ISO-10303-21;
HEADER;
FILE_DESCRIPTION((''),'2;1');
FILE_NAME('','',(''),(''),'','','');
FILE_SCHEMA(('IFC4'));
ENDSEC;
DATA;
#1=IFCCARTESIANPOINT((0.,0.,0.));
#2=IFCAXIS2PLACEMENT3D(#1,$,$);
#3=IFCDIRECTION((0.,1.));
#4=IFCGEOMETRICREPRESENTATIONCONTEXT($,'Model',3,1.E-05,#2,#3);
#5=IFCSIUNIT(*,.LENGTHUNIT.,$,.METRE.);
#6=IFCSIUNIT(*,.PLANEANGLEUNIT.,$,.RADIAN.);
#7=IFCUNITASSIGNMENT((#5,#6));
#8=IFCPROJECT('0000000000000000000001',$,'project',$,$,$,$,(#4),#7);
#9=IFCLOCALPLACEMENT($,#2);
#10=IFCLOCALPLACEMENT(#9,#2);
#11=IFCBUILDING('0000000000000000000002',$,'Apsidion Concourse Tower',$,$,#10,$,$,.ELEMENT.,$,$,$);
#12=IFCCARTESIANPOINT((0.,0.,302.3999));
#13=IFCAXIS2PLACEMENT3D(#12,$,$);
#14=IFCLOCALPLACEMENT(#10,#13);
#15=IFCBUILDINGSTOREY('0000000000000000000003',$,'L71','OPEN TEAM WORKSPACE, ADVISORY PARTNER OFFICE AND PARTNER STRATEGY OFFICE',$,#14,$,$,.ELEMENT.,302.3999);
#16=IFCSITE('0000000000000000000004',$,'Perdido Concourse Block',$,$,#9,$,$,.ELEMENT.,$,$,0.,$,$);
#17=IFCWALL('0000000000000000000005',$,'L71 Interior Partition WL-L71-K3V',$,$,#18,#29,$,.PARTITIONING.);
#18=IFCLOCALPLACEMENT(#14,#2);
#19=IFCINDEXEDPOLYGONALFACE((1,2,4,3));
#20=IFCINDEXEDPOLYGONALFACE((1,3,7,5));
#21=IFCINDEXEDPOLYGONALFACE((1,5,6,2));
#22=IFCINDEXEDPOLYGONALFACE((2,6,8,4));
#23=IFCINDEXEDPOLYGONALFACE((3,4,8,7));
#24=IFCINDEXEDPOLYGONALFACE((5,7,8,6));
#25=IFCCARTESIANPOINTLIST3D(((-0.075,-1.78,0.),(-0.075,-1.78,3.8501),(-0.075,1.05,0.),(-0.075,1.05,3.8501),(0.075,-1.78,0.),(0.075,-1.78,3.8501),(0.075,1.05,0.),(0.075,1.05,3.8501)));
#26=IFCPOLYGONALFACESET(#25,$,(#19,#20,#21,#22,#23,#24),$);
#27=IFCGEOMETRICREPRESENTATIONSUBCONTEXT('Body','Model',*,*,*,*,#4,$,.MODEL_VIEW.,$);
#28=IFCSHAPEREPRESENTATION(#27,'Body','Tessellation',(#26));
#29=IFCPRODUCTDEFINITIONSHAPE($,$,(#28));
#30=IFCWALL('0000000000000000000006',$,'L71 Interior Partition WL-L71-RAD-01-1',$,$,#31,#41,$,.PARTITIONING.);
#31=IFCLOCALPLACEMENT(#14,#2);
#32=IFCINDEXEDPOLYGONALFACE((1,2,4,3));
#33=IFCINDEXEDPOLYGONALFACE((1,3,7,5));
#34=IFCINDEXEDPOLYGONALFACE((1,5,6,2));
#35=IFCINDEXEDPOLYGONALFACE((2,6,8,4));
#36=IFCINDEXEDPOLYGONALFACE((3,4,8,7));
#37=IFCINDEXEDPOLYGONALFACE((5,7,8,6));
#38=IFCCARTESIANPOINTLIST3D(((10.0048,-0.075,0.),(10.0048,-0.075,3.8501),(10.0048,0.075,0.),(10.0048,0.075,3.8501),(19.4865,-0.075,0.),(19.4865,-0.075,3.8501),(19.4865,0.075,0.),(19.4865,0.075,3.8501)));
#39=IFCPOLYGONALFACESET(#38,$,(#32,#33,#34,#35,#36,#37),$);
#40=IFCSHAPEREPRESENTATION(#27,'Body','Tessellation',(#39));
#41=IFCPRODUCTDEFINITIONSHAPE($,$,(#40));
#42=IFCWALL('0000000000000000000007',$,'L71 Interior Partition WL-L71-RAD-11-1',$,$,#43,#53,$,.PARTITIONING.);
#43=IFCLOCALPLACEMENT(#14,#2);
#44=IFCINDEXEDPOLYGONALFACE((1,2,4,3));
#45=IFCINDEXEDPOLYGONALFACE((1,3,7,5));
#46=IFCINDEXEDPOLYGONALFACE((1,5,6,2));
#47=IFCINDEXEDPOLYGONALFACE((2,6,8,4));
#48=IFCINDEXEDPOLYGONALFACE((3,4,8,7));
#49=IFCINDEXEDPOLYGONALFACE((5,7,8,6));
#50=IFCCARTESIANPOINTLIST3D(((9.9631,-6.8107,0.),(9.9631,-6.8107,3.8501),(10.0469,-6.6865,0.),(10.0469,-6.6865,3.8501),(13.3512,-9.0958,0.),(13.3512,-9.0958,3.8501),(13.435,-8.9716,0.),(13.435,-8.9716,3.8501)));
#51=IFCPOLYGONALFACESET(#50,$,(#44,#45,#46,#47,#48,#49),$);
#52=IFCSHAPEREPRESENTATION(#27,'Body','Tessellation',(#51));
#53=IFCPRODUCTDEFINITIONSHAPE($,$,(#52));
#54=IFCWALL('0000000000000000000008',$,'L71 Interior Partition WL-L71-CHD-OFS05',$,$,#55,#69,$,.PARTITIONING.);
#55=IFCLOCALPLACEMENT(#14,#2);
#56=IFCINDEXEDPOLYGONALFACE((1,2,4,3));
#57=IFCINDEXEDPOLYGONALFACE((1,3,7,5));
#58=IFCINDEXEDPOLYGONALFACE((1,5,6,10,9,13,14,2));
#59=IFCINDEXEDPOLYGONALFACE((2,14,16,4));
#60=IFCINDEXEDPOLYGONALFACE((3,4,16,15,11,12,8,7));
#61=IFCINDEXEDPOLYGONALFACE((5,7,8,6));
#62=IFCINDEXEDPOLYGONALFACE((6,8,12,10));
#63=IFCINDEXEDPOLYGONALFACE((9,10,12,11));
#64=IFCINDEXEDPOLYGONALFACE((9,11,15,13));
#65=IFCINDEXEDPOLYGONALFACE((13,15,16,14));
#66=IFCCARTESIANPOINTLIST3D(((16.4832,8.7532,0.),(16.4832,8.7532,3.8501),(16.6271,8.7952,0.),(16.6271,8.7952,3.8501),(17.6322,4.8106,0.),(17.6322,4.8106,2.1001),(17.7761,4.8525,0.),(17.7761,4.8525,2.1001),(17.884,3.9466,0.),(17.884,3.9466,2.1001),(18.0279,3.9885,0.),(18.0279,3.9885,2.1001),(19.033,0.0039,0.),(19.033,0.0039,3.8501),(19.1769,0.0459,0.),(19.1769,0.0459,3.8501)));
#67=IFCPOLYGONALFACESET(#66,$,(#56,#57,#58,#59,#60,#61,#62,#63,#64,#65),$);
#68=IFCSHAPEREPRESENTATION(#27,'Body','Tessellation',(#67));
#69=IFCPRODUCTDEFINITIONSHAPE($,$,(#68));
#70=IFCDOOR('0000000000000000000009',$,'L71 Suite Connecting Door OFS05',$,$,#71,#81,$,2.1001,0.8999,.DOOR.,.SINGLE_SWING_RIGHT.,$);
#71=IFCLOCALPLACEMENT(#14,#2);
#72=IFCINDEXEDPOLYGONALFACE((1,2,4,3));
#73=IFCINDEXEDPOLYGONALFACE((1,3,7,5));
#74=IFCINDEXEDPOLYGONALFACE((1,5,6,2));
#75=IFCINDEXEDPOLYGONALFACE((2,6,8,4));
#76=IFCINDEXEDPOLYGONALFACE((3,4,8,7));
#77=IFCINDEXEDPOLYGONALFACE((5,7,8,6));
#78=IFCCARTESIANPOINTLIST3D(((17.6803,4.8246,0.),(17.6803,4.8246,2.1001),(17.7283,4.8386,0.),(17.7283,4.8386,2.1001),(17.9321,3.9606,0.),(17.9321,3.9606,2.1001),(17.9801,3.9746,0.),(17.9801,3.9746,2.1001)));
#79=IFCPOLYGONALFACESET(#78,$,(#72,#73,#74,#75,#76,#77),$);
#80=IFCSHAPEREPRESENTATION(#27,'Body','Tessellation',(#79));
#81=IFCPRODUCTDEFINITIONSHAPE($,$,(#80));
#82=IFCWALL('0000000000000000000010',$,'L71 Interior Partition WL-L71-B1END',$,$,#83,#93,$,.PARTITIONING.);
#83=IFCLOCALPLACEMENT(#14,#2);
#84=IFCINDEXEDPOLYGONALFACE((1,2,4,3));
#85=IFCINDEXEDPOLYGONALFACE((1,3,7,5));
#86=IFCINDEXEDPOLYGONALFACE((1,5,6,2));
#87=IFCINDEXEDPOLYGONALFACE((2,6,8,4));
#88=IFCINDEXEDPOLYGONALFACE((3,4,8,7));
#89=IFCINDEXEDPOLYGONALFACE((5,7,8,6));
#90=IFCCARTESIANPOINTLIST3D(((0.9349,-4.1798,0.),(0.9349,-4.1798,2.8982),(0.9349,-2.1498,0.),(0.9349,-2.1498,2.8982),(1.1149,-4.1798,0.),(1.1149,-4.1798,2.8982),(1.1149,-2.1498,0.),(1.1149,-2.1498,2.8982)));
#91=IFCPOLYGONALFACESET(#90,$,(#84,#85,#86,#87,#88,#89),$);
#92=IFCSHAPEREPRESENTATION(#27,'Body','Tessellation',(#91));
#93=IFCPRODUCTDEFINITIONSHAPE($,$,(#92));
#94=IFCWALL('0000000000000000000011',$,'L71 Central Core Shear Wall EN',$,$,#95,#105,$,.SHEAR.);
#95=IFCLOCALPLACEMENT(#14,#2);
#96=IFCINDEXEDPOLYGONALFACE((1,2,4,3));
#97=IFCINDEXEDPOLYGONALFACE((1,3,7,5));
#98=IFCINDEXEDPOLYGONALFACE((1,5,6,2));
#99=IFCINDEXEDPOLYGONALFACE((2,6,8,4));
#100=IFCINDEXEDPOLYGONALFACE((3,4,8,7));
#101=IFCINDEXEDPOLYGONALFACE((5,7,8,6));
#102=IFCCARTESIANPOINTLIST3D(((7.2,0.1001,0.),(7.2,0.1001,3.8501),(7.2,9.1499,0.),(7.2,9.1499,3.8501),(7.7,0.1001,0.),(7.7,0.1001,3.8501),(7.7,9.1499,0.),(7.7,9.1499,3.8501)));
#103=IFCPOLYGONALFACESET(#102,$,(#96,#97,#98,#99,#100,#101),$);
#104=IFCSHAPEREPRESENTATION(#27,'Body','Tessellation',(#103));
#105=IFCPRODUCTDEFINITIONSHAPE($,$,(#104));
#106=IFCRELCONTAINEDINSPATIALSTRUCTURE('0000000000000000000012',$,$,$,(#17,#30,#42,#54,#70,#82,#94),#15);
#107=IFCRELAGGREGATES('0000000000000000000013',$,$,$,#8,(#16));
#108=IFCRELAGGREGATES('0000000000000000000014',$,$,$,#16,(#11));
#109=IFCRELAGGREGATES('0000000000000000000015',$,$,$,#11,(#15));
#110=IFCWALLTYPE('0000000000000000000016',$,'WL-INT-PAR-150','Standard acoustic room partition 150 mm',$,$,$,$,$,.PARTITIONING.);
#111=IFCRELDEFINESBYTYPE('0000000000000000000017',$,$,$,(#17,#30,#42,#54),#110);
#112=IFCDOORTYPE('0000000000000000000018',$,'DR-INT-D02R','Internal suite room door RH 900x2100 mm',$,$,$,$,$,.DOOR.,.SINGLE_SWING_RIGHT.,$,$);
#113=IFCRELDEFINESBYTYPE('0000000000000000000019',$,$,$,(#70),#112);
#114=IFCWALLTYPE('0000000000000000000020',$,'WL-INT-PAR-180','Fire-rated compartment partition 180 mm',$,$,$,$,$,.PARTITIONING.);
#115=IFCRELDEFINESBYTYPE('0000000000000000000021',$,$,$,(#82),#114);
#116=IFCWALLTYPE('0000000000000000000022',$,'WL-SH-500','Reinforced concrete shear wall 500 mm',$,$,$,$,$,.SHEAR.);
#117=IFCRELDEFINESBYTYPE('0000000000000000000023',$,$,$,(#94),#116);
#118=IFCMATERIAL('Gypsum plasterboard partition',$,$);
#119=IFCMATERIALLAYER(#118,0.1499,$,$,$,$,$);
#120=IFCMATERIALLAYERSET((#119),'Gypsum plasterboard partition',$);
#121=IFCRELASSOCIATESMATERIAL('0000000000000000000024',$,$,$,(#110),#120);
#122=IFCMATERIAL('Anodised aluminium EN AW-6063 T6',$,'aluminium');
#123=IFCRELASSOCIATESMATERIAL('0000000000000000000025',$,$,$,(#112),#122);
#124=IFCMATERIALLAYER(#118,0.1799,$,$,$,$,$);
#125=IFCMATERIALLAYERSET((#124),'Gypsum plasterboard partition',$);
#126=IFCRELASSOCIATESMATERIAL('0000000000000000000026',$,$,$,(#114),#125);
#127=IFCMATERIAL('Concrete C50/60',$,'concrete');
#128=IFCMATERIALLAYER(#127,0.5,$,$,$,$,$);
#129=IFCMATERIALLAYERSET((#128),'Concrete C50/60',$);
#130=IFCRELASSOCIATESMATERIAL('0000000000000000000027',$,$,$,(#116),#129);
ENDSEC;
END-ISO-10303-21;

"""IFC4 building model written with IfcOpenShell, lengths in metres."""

from ifc_helpers import new_model, si_unit, direction, frame, frame_2d, origin, place, context, subcontext, project, spatial, rectangle, extrude, material, layer, layer_set, type_object, element, fill, save


model = new_model("IFC4")

# Units and contexts
model_context = context("Model", 3, precision=1e-05, world=origin(), true_north=direction((0.0, 1.0)))
body_context = subcontext(model_context, "Body", "Model", "MODEL_VIEW")
ifc_project = project(units=[si_unit("LENGTHUNIT", "METRE"), si_unit("PLANEANGLEUNIT", "RADIAN")], contexts=[model_context])

# Site, building, storey
site_placement = place(None, origin())
site = spatial("IfcSite", under=ifc_project, at=site_placement, Name="Perdido Concourse Block", CompositionType="ELEMENT", RefElevation=0.0)
building_placement = place(site_placement, origin())
building = spatial("IfcBuilding", under=site, at=building_placement, Name="Apsidion Concourse Tower", CompositionType="ELEMENT")
storey_placement = place(building_placement, frame((0.0, 0.0, 302.3999)))
storey = spatial("IfcBuildingStorey", under=building, at=storey_placement, Name="L71", Description="OPEN TEAM WORKSPACE, ADVISORY PARTNER OFFICE AND PARTNER STRATEGY OFFICE", CompositionType="ELEMENT", Elevation=302.3999)

# Shared definitions
ifc_material_1 = material(Name="Concrete C50/60", Category="concrete")

# Walls
ifc_material_2 = material(Name="Gypsum plasterboard partition")
ifc_layer_1 = layer(ifc_material_2, 0.1499)
ifc_layer_set_1 = layer_set([ifc_layer_1], Name="Gypsum plasterboard partition")
wall_type_1 = type_object("IfcWallType", Name="WL-INT-PAR-150", Description="Standard acoustic room partition 150 mm", PredefinedType="PARTITIONING", material=ifc_layer_set_1)
wall_1_placement = place(storey_placement, frame((0.0, -1.78, 0.0), z_axis=(0.0, 0.0, 1.0), x_axis=(0.0, 1.0, 0.0)))
element("IfcWall", 1, at=wall_1_placement, inside=storey, type_object=wall_type_1, Name="L71 Interior Partition WL-L71-K3V", PredefinedType="PARTITIONING", context=body_context, shape_type="SweptSolid", body=[
    extrude(rectangle(XDim=2.8301, YDim=0.1499, at=frame_2d((1.415, 0.0))), origin(), (0.0, 0.0, 1.0), 3.8501),
])
wall_2_placement = place(storey_placement, frame((10.0049, 0.0, 0.0), z_axis=(0.0, 0.0, 1.0), x_axis=(1.0, 0.0, 0.0)))
element("IfcWall", 2, at=wall_2_placement, inside=storey, type_object=wall_type_1, Name="L71 Interior Partition WL-L71-RAD-01-1", PredefinedType="PARTITIONING", context=body_context, shape_type="SweptSolid", body=[
    extrude(rectangle(XDim=9.4817, YDim=0.1499, at=frame_2d((4.7407, 0.0))), origin(), (0.0, 0.0, 1.0), 3.8501),
])
wall_3_placement = place(storey_placement, frame((10.0049, -6.7485, 0.0), z_axis=(0.0, 0.0, 1.0), x_axis=(0.829061, -0.559159, 0.0)))
element("IfcWall", 3, at=wall_3_placement, inside=storey, type_object=wall_type_1, Name="L71 Interior Partition WL-L71-RAD-11-1", PredefinedType="PARTITIONING", context=body_context, shape_type="SweptSolid", body=[
    extrude(rectangle(XDim=4.0867, YDim=0.1499, at=frame_2d((2.0435, 0.0))), origin(), (0.0, 0.0, 1.0), 3.8501),
])

# Wall, opening, door
wall_4_placement = place(storey_placement, frame((19.105, 0.0249, 0.0), z_axis=(0.0, 0.0, 1.0), x_axis=(-0.279791, 0.960061, 0.0)))
wall_4 = element("IfcWall", 4, at=wall_4_placement, inside=storey, type_object=wall_type_1, Name="L71 Interior Partition WL-L71-CHD-OFS05", PredefinedType="PARTITIONING", context=body_context, shape_type="SweptSolid", body=[
    extrude(rectangle(XDim=9.1133, YDim=0.1499, at=frame_2d((4.5566, 0.0))), origin(), (0.0, 0.0, 1.0), 3.8501),
])
opening_1_placement = place(wall_4_placement, frame((4.1067, 0.0, 0.0)))
opening_1 = element("IfcOpeningElement", 5, at=opening_1_placement, cuts=wall_4, PredefinedType="OPENING", context=body_context, shape_type="SweptSolid", body=[
    extrude(rectangle(XDim=0.8999, YDim=2.1001, at=frame_2d((0.45, 1.05))), frame((0.0, 0.085, 0.0), z_axis=(0.0, -1.0, 0.0), x_axis=(1.0, 0.0, 0.0)), (0.0, 0.0, 1.0), 0.1699),
])
ifc_material_3 = material(Name="Anodised aluminium EN AW-6063 T6", Category="aluminium")
door_type_1 = type_object("IfcDoorType", Name="DR-INT-D02R", Description="Internal suite room door RH 900x2100 mm", OperationType="SINGLE_SWING_RIGHT", PredefinedType="DOOR", material=ifc_material_3)
door_1_placement = place(opening_1_placement, origin())
door_1 = element("IfcDoor", 6, at=door_1_placement, inside=storey, type_object=door_type_1, Name="L71 Suite Connecting Door OFS05", OperationType="SINGLE_SWING_RIGHT", OverallHeight=2.1001, OverallWidth=0.8999, PredefinedType="DOOR", context=body_context, shape_type="SweptSolid", body=[
    extrude(rectangle(XDim=0.8999, YDim=2.1001, at=frame_2d((0.45, 1.05))), frame((0.0, 0.0249, 0.0), z_axis=(0.0, -1.0, 0.0), x_axis=(1.0, 0.0, 0.0)), (0.0, 0.0, 1.0), 0.05),
])
fill(opening_1, door_1)

# Wall
ifc_layer_2 = layer(ifc_material_2, 0.1799)
ifc_layer_set_2 = layer_set([ifc_layer_2], Name="Gypsum plasterboard partition")
wall_type_2 = type_object("IfcWallType", Name="WL-INT-PAR-180", Description="Fire-rated compartment partition 180 mm", PredefinedType="PARTITIONING", material=ifc_layer_set_2)
wall_5_placement = place(storey_placement, frame((1.0249, -4.1799, 0.0), z_axis=(0.0, 0.0, 1.0), x_axis=(0.0, 1.0, 0.0)))
element("IfcWall", 7, at=wall_5_placement, inside=storey, type_object=wall_type_2, Name="L71 Interior Partition WL-L71-B1END", PredefinedType="PARTITIONING", context=body_context, shape_type="SweptSolid", body=[
    extrude(rectangle(XDim=2.03, YDim=0.1799, at=frame_2d((1.0151, 0.0))), origin(), (0.0, 0.0, 1.0), 2.8982),
])

# Wall
ifc_layer_3 = layer(ifc_material_1, 0.5)
ifc_layer_set_3 = layer_set([ifc_layer_3], Name="Concrete C50/60")
wall_type_3 = type_object("IfcWallType", Name="WL-SH-500", Description="Reinforced concrete shear wall 500 mm", PredefinedType="SHEAR", material=ifc_layer_set_3)
wall_6_placement = place(storey_placement, frame((7.45, 0.1001, 0.0), z_axis=(0.0, 0.0, 1.0), x_axis=(0.0, 1.0, 0.0)))
element("IfcWall", 8, at=wall_6_placement, inside=storey, type_object=wall_type_3, Name="L71 Central Core Shear Wall EN", PredefinedType="SHEAR", context=body_context, shape_type="SweptSolid", body=[
    extrude(rectangle(XDim=9.0498, YDim=0.5, at=frame_2d((4.5249, 0.0))), origin(), (0.0, 0.0, 1.0), 3.8501),
])

save(model, "model.ifc")
